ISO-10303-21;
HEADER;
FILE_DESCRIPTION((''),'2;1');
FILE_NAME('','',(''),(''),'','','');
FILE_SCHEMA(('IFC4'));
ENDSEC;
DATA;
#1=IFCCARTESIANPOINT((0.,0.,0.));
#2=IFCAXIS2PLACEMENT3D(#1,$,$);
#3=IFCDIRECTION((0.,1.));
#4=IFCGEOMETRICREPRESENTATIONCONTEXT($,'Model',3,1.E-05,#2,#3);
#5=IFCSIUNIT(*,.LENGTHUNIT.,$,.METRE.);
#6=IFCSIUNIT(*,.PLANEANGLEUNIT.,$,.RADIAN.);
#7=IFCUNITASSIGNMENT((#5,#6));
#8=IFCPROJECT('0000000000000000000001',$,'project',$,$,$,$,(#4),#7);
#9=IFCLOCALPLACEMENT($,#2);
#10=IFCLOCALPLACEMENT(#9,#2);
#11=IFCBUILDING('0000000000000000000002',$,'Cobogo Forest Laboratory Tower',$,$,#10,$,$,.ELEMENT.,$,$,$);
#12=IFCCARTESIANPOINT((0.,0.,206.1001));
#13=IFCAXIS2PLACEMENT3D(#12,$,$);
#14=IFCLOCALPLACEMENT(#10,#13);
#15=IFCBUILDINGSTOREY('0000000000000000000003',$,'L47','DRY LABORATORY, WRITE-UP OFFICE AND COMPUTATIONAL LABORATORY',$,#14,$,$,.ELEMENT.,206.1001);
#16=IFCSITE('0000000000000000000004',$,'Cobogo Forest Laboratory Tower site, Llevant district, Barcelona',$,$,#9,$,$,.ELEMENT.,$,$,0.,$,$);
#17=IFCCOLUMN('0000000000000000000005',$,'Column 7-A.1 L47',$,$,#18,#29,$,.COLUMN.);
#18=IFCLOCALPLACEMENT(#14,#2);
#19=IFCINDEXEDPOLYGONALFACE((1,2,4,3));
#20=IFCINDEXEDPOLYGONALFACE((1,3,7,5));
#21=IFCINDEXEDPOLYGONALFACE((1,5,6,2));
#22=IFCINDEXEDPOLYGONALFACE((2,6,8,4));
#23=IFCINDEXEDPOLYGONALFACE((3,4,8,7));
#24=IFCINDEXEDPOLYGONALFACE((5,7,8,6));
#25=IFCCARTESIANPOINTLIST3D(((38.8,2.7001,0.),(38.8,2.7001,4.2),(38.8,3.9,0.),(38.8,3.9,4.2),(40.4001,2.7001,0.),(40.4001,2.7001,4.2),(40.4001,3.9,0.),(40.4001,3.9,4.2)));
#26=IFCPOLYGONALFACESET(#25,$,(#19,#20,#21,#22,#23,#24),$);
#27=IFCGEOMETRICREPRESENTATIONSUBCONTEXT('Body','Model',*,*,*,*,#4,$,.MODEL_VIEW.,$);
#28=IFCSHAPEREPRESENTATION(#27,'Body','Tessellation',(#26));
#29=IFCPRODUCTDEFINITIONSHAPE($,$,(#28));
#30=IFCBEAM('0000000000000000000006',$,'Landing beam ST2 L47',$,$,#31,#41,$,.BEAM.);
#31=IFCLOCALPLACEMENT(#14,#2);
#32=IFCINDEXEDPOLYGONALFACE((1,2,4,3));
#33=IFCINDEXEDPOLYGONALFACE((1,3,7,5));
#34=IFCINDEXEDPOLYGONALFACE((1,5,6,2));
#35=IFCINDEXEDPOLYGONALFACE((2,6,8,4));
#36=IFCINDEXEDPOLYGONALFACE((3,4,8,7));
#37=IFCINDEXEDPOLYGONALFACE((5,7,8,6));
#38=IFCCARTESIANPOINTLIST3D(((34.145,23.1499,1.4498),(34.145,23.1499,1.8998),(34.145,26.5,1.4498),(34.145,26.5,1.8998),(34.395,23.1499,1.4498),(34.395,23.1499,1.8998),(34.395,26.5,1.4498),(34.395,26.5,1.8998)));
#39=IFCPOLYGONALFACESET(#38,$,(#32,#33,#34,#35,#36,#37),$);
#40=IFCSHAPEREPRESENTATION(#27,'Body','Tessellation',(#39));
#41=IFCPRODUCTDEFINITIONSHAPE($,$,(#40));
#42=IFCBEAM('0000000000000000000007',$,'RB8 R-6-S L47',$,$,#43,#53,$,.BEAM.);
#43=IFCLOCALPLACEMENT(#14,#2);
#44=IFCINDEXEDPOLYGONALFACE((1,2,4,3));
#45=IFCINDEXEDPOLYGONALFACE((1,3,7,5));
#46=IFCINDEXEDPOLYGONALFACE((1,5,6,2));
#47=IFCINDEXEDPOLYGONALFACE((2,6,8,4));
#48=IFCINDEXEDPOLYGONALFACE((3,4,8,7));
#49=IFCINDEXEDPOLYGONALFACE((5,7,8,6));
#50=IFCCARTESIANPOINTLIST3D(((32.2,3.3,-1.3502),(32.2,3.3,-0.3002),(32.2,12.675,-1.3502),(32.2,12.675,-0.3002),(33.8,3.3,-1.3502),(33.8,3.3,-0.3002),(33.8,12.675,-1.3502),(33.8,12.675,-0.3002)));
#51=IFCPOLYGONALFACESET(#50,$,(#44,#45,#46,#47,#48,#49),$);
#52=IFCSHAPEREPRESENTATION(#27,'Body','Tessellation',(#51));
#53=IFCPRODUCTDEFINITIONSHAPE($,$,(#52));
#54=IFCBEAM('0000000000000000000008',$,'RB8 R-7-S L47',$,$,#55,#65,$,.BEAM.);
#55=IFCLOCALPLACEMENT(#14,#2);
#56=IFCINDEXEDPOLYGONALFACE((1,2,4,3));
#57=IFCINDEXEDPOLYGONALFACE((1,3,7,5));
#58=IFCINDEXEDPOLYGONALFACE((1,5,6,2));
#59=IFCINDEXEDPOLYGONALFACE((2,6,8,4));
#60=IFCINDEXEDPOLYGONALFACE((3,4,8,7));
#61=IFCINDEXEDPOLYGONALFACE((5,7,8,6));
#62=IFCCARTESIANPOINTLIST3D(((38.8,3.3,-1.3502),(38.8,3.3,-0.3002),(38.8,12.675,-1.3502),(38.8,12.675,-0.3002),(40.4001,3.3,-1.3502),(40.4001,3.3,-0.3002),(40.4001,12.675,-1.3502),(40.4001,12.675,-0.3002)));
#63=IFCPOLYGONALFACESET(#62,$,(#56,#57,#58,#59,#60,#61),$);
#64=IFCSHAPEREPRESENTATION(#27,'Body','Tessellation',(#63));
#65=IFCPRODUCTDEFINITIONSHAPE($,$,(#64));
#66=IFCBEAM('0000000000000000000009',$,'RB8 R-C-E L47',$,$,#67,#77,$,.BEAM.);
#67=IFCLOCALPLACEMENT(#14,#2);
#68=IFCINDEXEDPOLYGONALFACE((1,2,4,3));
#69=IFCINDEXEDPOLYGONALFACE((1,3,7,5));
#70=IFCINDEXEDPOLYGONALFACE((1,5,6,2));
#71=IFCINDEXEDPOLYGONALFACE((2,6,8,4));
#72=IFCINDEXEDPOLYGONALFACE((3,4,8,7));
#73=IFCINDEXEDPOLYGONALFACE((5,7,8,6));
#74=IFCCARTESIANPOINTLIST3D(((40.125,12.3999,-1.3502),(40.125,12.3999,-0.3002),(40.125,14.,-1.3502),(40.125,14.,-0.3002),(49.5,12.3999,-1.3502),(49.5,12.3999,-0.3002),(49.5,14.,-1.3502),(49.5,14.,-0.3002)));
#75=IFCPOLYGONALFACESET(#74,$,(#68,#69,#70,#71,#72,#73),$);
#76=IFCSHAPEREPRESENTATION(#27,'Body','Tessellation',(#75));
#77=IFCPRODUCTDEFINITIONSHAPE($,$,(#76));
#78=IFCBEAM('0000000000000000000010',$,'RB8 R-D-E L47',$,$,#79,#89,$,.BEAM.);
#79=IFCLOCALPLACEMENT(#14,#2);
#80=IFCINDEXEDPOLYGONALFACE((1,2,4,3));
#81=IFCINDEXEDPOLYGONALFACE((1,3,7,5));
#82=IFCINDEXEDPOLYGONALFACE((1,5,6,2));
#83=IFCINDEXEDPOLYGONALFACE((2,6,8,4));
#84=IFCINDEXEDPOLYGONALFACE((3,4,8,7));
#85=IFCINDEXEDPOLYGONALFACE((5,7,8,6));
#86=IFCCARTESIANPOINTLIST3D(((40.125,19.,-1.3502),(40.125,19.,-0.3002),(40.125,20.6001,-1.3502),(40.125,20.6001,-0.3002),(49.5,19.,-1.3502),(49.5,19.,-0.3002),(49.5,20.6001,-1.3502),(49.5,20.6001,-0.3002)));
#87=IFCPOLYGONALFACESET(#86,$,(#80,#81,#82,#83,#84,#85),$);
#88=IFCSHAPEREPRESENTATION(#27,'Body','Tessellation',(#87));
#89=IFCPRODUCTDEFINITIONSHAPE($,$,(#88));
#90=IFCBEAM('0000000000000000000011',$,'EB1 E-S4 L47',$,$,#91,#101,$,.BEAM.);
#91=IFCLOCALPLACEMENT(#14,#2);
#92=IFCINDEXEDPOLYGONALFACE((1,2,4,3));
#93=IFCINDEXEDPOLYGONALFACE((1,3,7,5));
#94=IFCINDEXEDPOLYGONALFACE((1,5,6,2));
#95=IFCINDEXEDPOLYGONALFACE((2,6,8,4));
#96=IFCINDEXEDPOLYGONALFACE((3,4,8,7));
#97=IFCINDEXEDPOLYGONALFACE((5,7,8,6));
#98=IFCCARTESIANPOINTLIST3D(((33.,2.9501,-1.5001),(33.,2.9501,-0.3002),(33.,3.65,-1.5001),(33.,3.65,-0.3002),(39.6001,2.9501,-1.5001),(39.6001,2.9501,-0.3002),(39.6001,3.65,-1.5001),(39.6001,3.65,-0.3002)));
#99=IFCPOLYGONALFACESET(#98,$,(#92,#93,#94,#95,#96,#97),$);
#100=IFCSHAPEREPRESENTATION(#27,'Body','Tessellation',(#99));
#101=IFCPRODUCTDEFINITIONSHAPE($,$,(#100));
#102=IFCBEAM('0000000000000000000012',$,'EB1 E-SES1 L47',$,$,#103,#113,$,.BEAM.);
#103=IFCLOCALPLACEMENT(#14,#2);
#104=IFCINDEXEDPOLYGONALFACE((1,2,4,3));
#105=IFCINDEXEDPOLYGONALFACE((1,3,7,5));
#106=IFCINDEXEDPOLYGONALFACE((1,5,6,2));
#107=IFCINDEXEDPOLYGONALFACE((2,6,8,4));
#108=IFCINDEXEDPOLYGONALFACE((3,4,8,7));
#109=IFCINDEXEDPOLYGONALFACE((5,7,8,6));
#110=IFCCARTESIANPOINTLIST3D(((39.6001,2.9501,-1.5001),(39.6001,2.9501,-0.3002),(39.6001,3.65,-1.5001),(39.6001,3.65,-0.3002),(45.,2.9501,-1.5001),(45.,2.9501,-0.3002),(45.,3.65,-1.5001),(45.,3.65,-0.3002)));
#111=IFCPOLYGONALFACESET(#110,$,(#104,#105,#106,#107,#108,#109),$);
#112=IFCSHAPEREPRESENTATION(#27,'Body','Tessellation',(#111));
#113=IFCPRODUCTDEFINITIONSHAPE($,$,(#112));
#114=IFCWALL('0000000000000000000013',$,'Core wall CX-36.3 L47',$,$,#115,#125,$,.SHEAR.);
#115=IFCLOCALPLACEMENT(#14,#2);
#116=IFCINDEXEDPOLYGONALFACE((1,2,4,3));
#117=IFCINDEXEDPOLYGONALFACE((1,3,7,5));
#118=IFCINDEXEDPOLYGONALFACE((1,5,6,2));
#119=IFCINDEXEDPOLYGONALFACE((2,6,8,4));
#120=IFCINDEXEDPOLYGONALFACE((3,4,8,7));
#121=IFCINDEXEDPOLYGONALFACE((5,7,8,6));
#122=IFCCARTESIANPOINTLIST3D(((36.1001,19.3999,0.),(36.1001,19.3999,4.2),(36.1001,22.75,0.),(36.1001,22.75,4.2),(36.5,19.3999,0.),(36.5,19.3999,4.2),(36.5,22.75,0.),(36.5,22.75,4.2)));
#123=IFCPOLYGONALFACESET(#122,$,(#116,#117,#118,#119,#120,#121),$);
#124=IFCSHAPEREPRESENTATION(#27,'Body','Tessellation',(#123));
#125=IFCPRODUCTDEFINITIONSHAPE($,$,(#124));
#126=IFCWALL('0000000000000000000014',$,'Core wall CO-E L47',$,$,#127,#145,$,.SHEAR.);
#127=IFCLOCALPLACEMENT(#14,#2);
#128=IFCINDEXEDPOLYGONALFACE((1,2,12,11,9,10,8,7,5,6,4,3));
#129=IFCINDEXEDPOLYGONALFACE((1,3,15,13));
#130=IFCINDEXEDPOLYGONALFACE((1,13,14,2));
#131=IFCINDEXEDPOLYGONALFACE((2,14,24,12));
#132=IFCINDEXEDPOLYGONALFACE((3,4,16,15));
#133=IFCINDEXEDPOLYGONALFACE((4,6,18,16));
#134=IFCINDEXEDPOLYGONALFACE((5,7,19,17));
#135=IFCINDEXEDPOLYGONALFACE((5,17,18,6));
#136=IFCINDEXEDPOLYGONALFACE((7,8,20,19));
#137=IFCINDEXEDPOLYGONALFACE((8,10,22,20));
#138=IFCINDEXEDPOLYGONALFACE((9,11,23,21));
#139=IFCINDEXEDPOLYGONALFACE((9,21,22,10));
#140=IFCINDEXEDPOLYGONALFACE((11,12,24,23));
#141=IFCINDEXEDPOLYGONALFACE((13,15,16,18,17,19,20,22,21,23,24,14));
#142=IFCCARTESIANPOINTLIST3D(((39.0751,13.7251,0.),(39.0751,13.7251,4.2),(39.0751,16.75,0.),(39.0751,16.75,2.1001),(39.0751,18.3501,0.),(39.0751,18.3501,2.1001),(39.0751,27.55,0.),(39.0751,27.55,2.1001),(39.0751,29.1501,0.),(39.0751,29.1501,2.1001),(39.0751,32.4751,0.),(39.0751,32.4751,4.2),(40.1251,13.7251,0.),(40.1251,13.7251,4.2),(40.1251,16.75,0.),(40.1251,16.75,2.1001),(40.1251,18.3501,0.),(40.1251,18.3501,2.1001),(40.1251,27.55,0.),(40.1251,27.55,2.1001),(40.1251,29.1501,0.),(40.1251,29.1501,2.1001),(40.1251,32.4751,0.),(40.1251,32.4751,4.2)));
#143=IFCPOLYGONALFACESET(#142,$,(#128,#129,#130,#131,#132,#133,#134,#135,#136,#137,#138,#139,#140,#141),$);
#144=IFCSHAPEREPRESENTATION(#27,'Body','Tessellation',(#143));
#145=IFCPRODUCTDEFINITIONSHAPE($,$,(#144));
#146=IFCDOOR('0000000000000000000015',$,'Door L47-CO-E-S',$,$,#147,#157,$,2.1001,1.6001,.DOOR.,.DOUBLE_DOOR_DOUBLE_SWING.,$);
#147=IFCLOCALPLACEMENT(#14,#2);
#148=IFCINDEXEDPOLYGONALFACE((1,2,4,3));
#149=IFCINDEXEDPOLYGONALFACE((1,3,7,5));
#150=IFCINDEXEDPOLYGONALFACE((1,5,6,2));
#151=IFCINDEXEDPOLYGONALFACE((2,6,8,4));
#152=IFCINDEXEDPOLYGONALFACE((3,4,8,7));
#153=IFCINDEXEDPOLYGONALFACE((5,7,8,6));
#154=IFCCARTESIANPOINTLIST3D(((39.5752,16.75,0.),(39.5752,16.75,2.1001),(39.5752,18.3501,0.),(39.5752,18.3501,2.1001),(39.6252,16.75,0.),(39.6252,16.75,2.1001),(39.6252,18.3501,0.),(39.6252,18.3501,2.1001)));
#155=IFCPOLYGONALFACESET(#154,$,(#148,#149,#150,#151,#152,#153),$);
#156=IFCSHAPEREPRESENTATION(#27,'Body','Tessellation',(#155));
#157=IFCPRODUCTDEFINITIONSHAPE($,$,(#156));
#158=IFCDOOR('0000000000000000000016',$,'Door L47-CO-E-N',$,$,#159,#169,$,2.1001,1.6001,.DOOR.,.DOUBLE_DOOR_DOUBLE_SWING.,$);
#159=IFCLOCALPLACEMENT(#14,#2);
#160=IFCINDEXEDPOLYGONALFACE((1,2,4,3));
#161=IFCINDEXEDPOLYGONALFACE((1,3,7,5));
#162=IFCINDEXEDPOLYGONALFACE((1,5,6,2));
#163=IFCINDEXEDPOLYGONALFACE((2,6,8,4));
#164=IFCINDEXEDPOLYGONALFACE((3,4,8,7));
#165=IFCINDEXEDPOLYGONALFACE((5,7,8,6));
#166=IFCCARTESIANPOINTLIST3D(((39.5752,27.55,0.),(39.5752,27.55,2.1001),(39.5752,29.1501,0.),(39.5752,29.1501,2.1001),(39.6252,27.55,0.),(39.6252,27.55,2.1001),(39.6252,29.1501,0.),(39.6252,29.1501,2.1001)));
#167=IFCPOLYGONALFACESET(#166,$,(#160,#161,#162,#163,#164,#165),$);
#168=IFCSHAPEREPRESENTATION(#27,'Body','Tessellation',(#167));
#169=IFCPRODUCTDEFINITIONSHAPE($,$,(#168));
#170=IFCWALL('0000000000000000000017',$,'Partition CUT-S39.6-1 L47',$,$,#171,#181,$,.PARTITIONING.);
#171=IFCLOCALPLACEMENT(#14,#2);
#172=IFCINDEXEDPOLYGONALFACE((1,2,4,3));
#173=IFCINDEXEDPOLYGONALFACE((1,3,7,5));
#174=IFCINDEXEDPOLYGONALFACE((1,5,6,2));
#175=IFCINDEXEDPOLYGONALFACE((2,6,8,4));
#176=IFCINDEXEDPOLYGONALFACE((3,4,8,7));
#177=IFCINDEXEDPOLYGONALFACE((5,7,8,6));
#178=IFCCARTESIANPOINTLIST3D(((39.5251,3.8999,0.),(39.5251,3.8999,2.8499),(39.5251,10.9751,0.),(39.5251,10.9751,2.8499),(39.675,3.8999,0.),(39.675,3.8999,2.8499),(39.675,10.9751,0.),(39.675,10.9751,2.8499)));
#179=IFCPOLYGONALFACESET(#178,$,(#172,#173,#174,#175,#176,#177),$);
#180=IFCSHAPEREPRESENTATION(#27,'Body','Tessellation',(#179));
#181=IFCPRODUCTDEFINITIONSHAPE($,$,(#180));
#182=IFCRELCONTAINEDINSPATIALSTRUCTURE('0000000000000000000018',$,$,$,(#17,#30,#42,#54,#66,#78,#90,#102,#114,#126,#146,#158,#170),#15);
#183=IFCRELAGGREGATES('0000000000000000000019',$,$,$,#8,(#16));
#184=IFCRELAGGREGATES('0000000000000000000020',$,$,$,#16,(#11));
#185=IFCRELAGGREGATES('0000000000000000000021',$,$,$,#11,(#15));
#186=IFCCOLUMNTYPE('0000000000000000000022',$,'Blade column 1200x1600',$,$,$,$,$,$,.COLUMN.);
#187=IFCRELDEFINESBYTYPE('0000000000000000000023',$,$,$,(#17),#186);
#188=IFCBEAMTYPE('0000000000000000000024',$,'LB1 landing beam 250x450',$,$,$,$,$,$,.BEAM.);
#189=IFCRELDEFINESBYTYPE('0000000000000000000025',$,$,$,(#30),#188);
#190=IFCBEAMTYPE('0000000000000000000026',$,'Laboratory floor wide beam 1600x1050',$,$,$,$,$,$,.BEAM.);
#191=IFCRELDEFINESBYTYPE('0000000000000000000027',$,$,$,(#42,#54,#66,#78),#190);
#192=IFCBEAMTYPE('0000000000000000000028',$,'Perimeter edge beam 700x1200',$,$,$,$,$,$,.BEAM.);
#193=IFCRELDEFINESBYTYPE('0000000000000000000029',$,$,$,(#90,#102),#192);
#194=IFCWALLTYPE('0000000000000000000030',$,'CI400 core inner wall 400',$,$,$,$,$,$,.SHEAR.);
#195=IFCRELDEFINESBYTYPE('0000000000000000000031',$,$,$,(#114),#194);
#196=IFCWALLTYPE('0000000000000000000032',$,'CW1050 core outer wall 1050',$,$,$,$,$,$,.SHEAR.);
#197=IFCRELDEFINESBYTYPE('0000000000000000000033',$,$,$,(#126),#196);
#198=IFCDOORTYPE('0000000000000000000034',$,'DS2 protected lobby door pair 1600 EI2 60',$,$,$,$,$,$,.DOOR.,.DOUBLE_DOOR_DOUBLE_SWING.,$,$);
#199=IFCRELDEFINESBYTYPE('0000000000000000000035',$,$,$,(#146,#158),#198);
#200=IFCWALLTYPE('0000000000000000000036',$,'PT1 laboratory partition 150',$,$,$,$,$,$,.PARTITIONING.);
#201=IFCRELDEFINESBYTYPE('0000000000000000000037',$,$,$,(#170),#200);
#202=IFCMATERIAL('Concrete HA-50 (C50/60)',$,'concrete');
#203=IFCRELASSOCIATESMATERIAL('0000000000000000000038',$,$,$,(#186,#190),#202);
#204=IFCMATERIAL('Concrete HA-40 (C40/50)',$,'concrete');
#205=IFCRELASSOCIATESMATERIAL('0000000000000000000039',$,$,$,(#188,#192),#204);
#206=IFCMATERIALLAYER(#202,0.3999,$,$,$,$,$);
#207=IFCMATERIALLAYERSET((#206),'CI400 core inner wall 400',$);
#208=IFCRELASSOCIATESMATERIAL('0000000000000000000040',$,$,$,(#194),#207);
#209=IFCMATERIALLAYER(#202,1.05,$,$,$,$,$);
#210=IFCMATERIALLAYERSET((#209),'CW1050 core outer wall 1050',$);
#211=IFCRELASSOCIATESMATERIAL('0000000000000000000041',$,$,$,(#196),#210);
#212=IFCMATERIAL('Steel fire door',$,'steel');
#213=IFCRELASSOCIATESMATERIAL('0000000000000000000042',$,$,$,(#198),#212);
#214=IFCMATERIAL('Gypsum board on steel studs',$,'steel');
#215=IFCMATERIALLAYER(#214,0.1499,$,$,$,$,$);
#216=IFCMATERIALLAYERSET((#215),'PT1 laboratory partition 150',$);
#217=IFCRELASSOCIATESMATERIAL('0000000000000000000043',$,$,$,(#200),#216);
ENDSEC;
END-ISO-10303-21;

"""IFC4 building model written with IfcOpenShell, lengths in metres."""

from ifc_helpers import new_model, si_unit, direction, frame, frame_2d, origin, origin_2d, place, context, subcontext, project, spatial, rectangle, extrude, material, layer, layer_set, material_profile, profile_set, type_object, element, fill, save


model = new_model("IFC4")

# Units and contexts
model_context = context("Model", 3, precision=1e-05, world=origin(), true_north=direction((0.0, 1.0)))
body_context = subcontext(model_context, "Body", "Model", "MODEL_VIEW")
ifc_project = project(units=[si_unit("LENGTHUNIT", "METRE"), si_unit("PLANEANGLEUNIT", "RADIAN")], contexts=[model_context])

# Site, building, storey
site_placement = place(None, origin())
site = spatial("IfcSite", under=ifc_project, at=site_placement, Name="Cobogo Forest Laboratory Tower site, Llevant district, Barcelona", CompositionType="ELEMENT", RefElevation=0.0)
building_placement = place(site_placement, origin())
building = spatial("IfcBuilding", under=site, at=building_placement, Name="Cobogo Forest Laboratory Tower", CompositionType="ELEMENT")
storey_placement = place(building_placement, frame((0.0, 0.0, 206.1001)))
storey = spatial("IfcBuildingStorey", under=building, at=storey_placement, Name="L47", Description="DRY LABORATORY, WRITE-UP OFFICE AND COMPUTATIONAL LABORATORY", CompositionType="ELEMENT", Elevation=206.1001)

# Column
ifc_material_1 = material(Name="Concrete HA-50 (C50/60)", Category="concrete")
ifc_material_profile_1 = material_profile(ifc_material_1, rectangle(XDim=1.6001, YDim=1.2, at=origin_2d()), Name="RC 1200x1600")
ifc_profile_set_1 = profile_set([ifc_material_profile_1], Name="Concrete HA-50 (C50/60)")
column_type = type_object("IfcColumnType", Name="Blade column 1200x1600", PredefinedType="COLUMN", material=ifc_profile_set_1)
column_placement = place(storey_placement, frame((39.6001, 3.3, 0.0), z_axis=(0.0, 0.0, 1.0), x_axis=(1.0, 0.0, 0.0)))
element("IfcColumn", 1, at=column_placement, inside=storey, type_object=column_type, Name="Column 7-A.1 L47", PredefinedType="COLUMN", context=body_context, shape_type="SweptSolid", body=[
    extrude(rectangle(XDim=1.6001, YDim=1.2, at=origin_2d()), origin(), (0.0, 0.0, 1.0), 4.2),
])

# Beams
ifc_material_2 = material(Name="Concrete HA-40 (C40/50)", Category="concrete")
ifc_material_profile_2 = material_profile(ifc_material_2, rectangle(XDim=0.25, YDim=0.45, at=origin_2d()), Name="RC 250x450")
ifc_profile_set_2 = profile_set([ifc_material_profile_2], Name="Concrete HA-40 (C40/50)")
beam_type_1 = type_object("IfcBeamType", Name="LB1 landing beam 250x450", PredefinedType="BEAM", material=ifc_profile_set_2)
beam_1_placement = place(storey_placement, frame((34.27, 23.1499, 1.6748), z_axis=(0.0, 1.0, 0.0), x_axis=(-1.0, 0.0, 0.0)))
element("IfcBeam", 2, at=beam_1_placement, inside=storey, type_object=beam_type_1, Name="Landing beam ST2 L47", PredefinedType="BEAM", context=body_context, shape_type="SweptSolid", body=[
    extrude(rectangle(XDim=0.25, YDim=0.45, at=origin_2d()), origin(), (0.0, 0.0, 1.0), 3.3501),
])
ifc_material_profile_3 = material_profile(ifc_material_1, rectangle(XDim=1.6001, YDim=1.05, at=origin_2d()), Name="RC 1600x1050")
ifc_profile_set_3 = profile_set([ifc_material_profile_3], Name="Concrete HA-50 (C50/60)")
beam_type_2 = type_object("IfcBeamType", Name="Laboratory floor wide beam 1600x1050", PredefinedType="BEAM", material=ifc_profile_set_3)
for number, where, z_axis, x_axis, name in (
    (3, (33.0, 12.675, -0.8252), (0.0, -1.0, 0.0), (1.0, 0.0, 0.0), "RB8 R-6-S L47"),
    (4, (39.6001, 12.675, -0.8252), (0.0, -1.0, 0.0), (1.0, 0.0, 0.0), "RB8 R-7-S L47"),
    (5, (40.125, 13.2, -0.8252), (1.0, 0.0, 0.0), (0.0, 1.0, 0.0), "RB8 R-C-E L47"),
    (6, (40.125, 19.8, -0.8252), (1.0, 0.0, 0.0), (0.0, 1.0, 0.0), "RB8 R-D-E L47"),
):
    element("IfcBeam", number, at=place(storey_placement, frame(where, z_axis=z_axis, x_axis=x_axis)), inside=storey, type_object=beam_type_2, Name=name, PredefinedType="BEAM", context=body_context, shape_type="SweptSolid", body=[
        extrude(rectangle(XDim=1.6001, YDim=1.05, at=origin_2d()), origin(), (0.0, 0.0, 1.0), 9.375),
    ])
ifc_material_profile_4 = material_profile(ifc_material_2, rectangle(XDim=0.7, YDim=1.2, at=origin_2d()), Name="RC 700x1200")
ifc_profile_set_4 = profile_set([ifc_material_profile_4], Name="Concrete HA-40 (C40/50)")
beam_type_3 = type_object("IfcBeamType", Name="Perimeter edge beam 700x1200", PredefinedType="BEAM", material=ifc_profile_set_4)
beam_2_placement = place(storey_placement, frame((33.0, 3.3, -0.9001), z_axis=(1.0, 0.0, 0.0), x_axis=(0.0, 1.0, 0.0)))
element("IfcBeam", 7, at=beam_2_placement, inside=storey, type_object=beam_type_3, Name="EB1 E-S4 L47", PredefinedType="BEAM", context=body_context, shape_type="SweptSolid", body=[
    extrude(rectangle(XDim=0.7, YDim=1.2, at=origin_2d()), origin(), (0.0, 0.0, 1.0), 6.6001),
])
beam_3_placement = place(storey_placement, frame((39.6001, 3.3, -0.9001), z_axis=(1.0, 0.0, 0.0), x_axis=(0.0, 1.0, 0.0)))
element("IfcBeam", 8, at=beam_3_placement, inside=storey, type_object=beam_type_3, Name="EB1 E-SES1 L47", PredefinedType="BEAM", context=body_context, shape_type="SweptSolid", body=[
    extrude(rectangle(XDim=0.7, YDim=1.2, at=origin_2d()), origin(), (0.0, 0.0, 1.0), 5.3999),
])

# Wall
ifc_layer_1 = layer(ifc_material_1, 0.3999)
ifc_layer_set_1 = layer_set([ifc_layer_1], Name="CI400 core inner wall 400")
wall_type_1 = type_object("IfcWallType", Name="CI400 core inner wall 400", PredefinedType="SHEAR", material=ifc_layer_set_1)
wall_1_placement = place(storey_placement, frame((36.3, 19.3999, 0.0), z_axis=(0.0, 0.0, 1.0), x_axis=(0.0, 1.0, 0.0)))
element("IfcWall", 9, at=wall_1_placement, inside=storey, type_object=wall_type_1, Name="Core wall CX-36.3 L47", PredefinedType="SHEAR", context=body_context, shape_type="SweptSolid", body=[
    extrude(rectangle(XDim=3.3501, YDim=0.3999, at=frame_2d((1.675, 0.0))), origin(), (0.0, 0.0, 1.0), 4.2),
])

# Wall, openings, doors
ifc_layer_2 = layer(ifc_material_1, 1.05)
ifc_layer_set_2 = layer_set([ifc_layer_2], Name="CW1050 core outer wall 1050")
wall_type_2 = type_object("IfcWallType", Name="CW1050 core outer wall 1050", PredefinedType="SHEAR", material=ifc_layer_set_2)
wall_2_placement = place(storey_placement, frame((39.6001, 13.7251, 0.0), z_axis=(0.0, 0.0, 1.0), x_axis=(0.0, 1.0, 0.0)))
wall_2 = element("IfcWall", 10, at=wall_2_placement, inside=storey, type_object=wall_type_2, Name="Core wall CO-E L47", PredefinedType="SHEAR", context=body_context, shape_type="SweptSolid", body=[
    extrude(rectangle(XDim=18.75, YDim=1.05, at=frame_2d((9.375, 0.0))), origin(), (0.0, 0.0, 1.0), 4.2),
])
opening_1_placement = place(wall_2_placement, frame((3.0249, 0.0, 0.0)))
opening_1 = element("IfcOpeningElement", 11, at=opening_1_placement, cuts=wall_2, PredefinedType="OPENING", context=body_context, shape_type="SweptSolid", body=[
    extrude(rectangle(XDim=1.6001, YDim=2.1001, at=frame_2d((0.8, 1.05))), frame((0.0, 0.5349, 0.0), z_axis=(0.0, -1.0, 0.0), x_axis=(1.0, 0.0, 0.0)), (0.0, 0.0, 1.0), 1.0701),
])
opening_2_placement = place(wall_2_placement, frame((13.825, 0.0, 0.0)))
opening_2 = element("IfcOpeningElement", 12, at=opening_2_placement, cuts=wall_2, PredefinedType="OPENING", context=body_context, shape_type="SweptSolid", body=[
    extrude(rectangle(XDim=1.6001, YDim=2.1001, at=frame_2d((0.8, 1.05))), frame((0.0, 0.5349, 0.0), z_axis=(0.0, -1.0, 0.0), x_axis=(1.0, 0.0, 0.0)), (0.0, 0.0, 1.0), 1.0701),
])
ifc_material_3 = material(Name="Steel fire door", Category="steel")
door_type_1 = type_object("IfcDoorType", Name="DS2 protected lobby door pair 1600 EI2 60", OperationType="DOUBLE_DOOR_DOUBLE_SWING", PredefinedType="DOOR", material=ifc_material_3)
door_1_placement = place(opening_1_placement, origin())
door_1 = element("IfcDoor", 13, at=door_1_placement, inside=storey, type_object=door_type_1, Name="Door L47-CO-E-S", OperationType="DOUBLE_DOOR_DOUBLE_SWING", OverallHeight=2.1001, OverallWidth=1.6001, PredefinedType="DOOR", context=body_context, shape_type="SweptSolid", body=[
    extrude(rectangle(XDim=1.6001, YDim=2.1001, at=frame_2d((0.8, 1.05))), frame((0.0, 0.0249, 0.0), z_axis=(0.0, -1.0, 0.0), x_axis=(1.0, 0.0, 0.0)), (0.0, 0.0, 1.0), 0.05),
])
fill(opening_1, door_1)
door_2_placement = place(opening_2_placement, origin())
door_2 = element("IfcDoor", 14, at=door_2_placement, inside=storey, type_object=door_type_1, Name="Door L47-CO-E-N", OperationType="DOUBLE_DOOR_DOUBLE_SWING", OverallHeight=2.1001, OverallWidth=1.6001, PredefinedType="DOOR", context=body_context, shape_type="SweptSolid", body=[
    extrude(rectangle(XDim=1.6001, YDim=2.1001, at=frame_2d((0.8, 1.05))), frame((0.0, 0.0249, 0.0), z_axis=(0.0, -1.0, 0.0), x_axis=(1.0, 0.0, 0.0)), (0.0, 0.0, 1.0), 0.05),
])
fill(opening_2, door_2)

# Wall
ifc_material_4 = material(Name="Gypsum board on steel studs", Category="steel")
ifc_layer_3 = layer(ifc_material_4, 0.1499)
ifc_layer_set_3 = layer_set([ifc_layer_3], Name="PT1 laboratory partition 150")
wall_type_3 = type_object("IfcWallType", Name="PT1 laboratory partition 150", PredefinedType="PARTITIONING", material=ifc_layer_set_3)
wall_3_placement = place(storey_placement, frame((39.6001, 3.8999, 0.0), z_axis=(0.0, 0.0, 1.0), x_axis=(0.0, 1.0, 0.0)))
element("IfcWall", 15, at=wall_3_placement, inside=storey, type_object=wall_type_3, Name="Partition CUT-S39.6-1 L47", PredefinedType="PARTITIONING", context=body_context, shape_type="SweptSolid", body=[
    extrude(rectangle(XDim=7.0752, YDim=0.1499, at=frame_2d((3.5376, 0.0))), origin(), (0.0, 0.0, 1.0), 2.8499),
])

save(model, "model.ifc")
